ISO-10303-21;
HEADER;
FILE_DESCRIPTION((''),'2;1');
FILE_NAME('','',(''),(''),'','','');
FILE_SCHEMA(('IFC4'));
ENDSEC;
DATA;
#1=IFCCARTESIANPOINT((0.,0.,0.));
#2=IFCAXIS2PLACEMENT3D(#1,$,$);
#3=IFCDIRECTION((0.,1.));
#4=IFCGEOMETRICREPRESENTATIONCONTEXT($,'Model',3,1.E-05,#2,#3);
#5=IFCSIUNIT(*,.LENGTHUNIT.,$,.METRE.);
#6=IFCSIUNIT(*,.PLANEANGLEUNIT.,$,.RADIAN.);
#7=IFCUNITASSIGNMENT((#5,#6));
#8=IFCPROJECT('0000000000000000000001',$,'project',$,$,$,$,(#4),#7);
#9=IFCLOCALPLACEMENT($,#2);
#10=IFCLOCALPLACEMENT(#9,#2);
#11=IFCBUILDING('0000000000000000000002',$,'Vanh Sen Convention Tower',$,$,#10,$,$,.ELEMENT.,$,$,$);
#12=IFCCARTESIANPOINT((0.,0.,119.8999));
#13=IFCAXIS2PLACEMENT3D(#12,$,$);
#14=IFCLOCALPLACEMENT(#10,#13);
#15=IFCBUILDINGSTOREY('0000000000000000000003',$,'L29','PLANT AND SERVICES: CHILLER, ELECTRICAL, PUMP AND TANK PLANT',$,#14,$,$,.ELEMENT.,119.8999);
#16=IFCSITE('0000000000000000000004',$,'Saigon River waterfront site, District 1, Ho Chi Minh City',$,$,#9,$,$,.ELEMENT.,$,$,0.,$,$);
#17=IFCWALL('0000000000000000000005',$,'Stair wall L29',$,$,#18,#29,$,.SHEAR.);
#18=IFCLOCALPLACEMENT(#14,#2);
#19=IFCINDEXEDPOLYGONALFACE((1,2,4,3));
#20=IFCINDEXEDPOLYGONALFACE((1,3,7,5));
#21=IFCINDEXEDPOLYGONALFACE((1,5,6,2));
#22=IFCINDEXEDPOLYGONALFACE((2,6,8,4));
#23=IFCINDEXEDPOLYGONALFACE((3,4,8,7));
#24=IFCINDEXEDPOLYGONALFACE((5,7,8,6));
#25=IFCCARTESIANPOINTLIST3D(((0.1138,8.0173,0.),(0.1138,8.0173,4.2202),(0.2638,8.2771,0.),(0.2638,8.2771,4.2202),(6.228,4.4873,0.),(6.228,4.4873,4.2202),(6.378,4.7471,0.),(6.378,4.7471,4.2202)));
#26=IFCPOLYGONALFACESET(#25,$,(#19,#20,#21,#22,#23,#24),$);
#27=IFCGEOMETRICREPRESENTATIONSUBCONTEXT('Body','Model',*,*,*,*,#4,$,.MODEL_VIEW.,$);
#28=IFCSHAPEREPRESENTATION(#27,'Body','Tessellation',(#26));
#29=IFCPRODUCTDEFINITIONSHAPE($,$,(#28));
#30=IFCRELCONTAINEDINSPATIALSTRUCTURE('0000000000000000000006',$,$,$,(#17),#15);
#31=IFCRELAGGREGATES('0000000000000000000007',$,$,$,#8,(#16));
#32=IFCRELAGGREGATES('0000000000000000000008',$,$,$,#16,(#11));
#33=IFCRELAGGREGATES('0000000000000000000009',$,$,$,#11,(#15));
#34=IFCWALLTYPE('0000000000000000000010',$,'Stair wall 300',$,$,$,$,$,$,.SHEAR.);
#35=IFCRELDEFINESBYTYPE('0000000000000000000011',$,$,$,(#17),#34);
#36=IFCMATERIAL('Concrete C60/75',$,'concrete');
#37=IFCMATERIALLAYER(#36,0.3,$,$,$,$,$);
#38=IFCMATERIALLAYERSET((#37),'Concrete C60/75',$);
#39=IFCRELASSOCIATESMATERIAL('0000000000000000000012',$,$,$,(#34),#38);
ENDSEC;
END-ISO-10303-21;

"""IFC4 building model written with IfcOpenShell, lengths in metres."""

from ifc_helpers import new_model, si_unit, direction, frame, frame_2d, origin, place, context, subcontext, project, spatial, rectangle, extrude, material, layer, layer_set, type_object, element, save


model = new_model("IFC4")

# Units and contexts
model_context = context("Model", 3, precision=1e-05, world=origin(), true_north=direction((0.0, 1.0)))
body_context = subcontext(model_context, "Body", "Model", "MODEL_VIEW")
ifc_project = project(units=[si_unit("LENGTHUNIT", "METRE"), si_unit("PLANEANGLEUNIT", "RADIAN")], contexts=[model_context])

# Site, building, storey
site_placement = place(None, origin())
site = spatial("IfcSite", under=ifc_project, at=site_placement, Name="Saigon River waterfront site, District 1, Ho Chi Minh City", CompositionType="ELEMENT", RefElevation=0.0)
building_placement = place(site_placement, origin())
building = spatial("IfcBuilding", under=site, at=building_placement, Name="Vanh Sen Convention Tower", CompositionType="ELEMENT")
storey_placement = place(building_placement, frame((0.0, 0.0, 119.8999)))
storey = spatial("IfcBuildingStorey", under=building, at=storey_placement, Name="L29", Description="PLANT AND SERVICES: CHILLER, ELECTRICAL, PUMP AND TANK PLANT", CompositionType="ELEMENT", Elevation=119.8999)

# Shared definitions
ifc_material_1 = material(Name="Concrete C60/75", Category="concrete")

# Shared definitions
ifc_layer_1 = layer(ifc_material_1, 0.3)
ifc_layer_set_1 = layer_set([ifc_layer_1], Name="Concrete C60/75")
wall_type_1 = type_object("IfcWallType", Name="Stair wall 300", PredefinedType="SHEAR", material=ifc_layer_set_1)

# Wall
for number, where, z_axis, x_axis, name in (
    (1, (6.303, 4.6172, 0.0), (0.0, 0.0, 1.0), (-0.866028, 0.499996, 0.0), "Stair wall L29"),
):
    element("IfcWall", number, at=place(storey_placement, frame(where, z_axis=z_axis, x_axis=x_axis)), inside=storey, type_object=wall_type_1, Name=name, PredefinedType="SHEAR", context=body_context, shape_type="SweptSolid", body=[
        extrude(rectangle(XDim=7.0601, YDim=0.3, at=frame_2d((3.53, 0.0))), origin(), (0.0, 0.0, 1.0), 4.2202),
    ])

save(model, "model.ifc")
